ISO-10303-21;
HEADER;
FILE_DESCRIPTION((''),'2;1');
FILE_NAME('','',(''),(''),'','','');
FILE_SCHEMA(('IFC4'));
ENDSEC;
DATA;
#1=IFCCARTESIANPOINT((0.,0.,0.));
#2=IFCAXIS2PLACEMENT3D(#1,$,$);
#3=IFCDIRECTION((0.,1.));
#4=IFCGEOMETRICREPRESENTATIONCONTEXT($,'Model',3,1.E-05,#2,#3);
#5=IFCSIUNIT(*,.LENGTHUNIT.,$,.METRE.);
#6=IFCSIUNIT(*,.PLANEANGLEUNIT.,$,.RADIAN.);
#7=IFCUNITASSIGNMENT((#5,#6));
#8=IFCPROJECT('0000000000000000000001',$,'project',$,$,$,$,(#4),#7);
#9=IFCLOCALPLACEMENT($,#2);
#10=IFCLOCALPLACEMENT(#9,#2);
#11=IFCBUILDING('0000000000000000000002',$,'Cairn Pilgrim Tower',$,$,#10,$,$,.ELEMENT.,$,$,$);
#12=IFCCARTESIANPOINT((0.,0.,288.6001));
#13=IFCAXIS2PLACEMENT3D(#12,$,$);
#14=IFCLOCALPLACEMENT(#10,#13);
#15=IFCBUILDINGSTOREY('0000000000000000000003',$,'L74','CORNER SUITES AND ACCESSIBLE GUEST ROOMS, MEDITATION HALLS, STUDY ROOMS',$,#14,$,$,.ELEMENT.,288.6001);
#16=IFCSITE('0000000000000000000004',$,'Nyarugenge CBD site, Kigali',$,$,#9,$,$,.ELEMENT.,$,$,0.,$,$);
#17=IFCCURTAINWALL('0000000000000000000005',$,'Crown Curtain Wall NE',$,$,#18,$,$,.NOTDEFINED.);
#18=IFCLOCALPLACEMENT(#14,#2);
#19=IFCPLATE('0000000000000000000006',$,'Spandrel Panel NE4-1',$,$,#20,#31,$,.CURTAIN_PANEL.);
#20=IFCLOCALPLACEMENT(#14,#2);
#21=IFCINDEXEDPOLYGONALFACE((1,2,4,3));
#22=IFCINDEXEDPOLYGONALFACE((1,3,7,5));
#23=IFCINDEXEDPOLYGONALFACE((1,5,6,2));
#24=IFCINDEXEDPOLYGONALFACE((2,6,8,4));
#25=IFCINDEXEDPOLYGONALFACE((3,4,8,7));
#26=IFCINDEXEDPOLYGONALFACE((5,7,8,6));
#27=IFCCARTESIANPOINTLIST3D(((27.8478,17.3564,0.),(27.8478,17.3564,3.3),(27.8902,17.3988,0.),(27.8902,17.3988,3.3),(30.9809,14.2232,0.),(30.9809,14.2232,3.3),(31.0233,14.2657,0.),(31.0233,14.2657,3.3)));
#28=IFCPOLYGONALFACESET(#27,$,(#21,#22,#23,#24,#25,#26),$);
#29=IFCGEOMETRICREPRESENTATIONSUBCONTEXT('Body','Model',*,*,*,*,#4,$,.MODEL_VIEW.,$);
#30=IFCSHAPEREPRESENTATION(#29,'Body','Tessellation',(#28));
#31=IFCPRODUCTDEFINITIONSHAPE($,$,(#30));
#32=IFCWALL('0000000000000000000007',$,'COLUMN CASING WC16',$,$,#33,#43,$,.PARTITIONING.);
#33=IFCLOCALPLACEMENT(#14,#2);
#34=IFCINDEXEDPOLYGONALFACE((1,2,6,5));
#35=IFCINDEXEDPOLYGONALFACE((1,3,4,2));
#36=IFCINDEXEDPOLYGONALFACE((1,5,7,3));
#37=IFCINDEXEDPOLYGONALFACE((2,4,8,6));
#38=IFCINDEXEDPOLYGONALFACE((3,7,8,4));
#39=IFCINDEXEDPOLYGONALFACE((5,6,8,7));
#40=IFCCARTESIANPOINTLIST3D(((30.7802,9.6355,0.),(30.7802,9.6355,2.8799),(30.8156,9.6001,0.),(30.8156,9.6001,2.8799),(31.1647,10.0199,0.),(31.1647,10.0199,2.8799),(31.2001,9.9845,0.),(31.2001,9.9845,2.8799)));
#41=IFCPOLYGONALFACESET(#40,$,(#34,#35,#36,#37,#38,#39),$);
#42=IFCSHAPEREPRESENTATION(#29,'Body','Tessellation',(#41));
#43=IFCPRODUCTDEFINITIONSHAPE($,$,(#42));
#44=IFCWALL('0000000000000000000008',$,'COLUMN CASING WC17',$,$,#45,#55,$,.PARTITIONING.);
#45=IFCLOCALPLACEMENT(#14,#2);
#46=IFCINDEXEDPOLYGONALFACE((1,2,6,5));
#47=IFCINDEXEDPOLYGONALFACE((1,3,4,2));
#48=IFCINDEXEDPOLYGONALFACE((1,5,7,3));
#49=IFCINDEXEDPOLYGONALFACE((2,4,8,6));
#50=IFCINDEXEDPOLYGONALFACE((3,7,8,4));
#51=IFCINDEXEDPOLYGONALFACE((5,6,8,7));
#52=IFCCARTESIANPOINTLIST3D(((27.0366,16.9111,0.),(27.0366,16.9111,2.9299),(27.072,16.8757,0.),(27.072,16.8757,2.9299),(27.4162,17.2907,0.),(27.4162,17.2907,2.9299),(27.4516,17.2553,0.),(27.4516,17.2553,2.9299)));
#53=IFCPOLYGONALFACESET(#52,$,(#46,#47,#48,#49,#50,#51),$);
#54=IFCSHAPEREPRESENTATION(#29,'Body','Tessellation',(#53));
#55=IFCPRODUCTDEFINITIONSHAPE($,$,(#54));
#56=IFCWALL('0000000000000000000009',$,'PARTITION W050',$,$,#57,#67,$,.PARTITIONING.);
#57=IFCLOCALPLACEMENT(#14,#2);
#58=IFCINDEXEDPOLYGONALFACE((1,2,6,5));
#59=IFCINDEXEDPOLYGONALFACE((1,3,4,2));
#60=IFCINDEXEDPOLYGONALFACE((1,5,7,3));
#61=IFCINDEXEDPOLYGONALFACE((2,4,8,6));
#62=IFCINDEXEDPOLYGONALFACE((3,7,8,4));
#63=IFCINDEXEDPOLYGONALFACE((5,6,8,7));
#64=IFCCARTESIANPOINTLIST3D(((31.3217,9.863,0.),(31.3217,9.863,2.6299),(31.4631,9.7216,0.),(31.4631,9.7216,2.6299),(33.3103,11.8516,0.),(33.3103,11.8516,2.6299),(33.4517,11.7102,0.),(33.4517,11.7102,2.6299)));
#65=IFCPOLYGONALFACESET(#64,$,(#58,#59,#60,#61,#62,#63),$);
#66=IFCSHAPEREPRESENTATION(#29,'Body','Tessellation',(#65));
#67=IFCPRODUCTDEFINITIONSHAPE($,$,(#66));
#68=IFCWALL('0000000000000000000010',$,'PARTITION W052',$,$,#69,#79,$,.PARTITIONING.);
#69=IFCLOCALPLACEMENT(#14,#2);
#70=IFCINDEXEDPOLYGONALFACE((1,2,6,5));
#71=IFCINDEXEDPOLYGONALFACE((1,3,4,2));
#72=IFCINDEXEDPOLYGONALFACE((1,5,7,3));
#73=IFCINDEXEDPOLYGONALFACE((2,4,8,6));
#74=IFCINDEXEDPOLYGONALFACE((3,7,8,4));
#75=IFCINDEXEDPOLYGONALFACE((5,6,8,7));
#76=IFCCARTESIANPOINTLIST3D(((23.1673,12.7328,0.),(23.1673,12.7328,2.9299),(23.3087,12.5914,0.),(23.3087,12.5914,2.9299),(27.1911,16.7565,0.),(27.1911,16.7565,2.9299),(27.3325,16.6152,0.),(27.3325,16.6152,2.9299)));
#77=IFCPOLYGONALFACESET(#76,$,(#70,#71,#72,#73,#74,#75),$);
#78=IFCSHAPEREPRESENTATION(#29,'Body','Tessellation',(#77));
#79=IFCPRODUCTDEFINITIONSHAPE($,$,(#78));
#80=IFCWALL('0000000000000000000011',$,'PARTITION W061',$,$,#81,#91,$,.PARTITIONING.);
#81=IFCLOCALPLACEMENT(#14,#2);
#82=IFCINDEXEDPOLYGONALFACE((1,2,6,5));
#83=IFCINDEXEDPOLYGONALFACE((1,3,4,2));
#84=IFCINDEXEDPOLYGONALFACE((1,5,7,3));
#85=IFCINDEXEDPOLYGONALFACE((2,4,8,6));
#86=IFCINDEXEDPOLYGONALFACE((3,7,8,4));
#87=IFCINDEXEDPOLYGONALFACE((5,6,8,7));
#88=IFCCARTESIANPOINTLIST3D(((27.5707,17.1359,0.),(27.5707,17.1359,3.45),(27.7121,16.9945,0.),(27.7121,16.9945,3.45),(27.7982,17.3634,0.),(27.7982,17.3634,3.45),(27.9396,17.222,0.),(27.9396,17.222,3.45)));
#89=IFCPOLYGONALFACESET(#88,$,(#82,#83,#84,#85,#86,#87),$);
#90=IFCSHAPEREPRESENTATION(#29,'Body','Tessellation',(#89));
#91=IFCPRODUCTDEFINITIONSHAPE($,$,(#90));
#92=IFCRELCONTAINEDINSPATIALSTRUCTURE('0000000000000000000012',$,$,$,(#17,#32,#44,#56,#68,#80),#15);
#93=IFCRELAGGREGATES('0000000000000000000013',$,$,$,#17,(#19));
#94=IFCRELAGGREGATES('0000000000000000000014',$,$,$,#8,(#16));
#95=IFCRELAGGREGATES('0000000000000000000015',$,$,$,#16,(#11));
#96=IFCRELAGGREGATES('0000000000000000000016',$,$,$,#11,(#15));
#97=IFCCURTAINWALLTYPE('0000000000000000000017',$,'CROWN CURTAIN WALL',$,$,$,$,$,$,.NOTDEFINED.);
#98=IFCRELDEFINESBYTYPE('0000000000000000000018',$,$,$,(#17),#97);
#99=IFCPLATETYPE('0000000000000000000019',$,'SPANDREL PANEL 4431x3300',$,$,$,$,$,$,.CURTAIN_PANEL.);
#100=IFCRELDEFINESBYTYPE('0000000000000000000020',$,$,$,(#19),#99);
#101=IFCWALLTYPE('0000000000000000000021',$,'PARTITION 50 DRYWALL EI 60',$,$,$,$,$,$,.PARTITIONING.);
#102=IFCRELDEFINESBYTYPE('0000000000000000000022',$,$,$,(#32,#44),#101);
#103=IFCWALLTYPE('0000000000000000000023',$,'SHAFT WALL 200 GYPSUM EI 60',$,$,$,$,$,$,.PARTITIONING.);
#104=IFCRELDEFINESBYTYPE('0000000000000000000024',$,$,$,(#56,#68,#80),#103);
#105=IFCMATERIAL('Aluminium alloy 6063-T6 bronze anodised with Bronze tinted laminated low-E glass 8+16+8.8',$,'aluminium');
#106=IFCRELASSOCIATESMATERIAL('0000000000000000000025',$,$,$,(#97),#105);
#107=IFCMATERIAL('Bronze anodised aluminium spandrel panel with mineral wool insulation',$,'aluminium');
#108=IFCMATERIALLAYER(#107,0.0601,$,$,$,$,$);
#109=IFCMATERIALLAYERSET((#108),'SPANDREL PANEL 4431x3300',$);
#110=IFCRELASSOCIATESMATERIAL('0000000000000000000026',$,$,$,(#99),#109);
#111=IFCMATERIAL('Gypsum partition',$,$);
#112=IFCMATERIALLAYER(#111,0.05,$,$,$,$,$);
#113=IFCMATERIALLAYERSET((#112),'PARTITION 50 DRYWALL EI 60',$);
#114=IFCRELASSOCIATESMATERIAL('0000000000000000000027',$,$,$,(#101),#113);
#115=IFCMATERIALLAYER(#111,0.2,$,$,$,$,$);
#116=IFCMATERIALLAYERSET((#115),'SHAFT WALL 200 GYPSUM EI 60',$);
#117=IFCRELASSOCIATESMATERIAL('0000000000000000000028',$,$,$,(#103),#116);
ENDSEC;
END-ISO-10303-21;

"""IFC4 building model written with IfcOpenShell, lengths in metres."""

from ifc_helpers import new_model, si_unit, direction, frame, frame_2d, origin, origin_2d, place, context, subcontext, project, spatial, rectangle, extrude, material, layer, layer_set, type_object, element, aggregate, save


model = new_model("IFC4")

# Units and contexts
model_context = context("Model", 3, precision=1e-05, world=origin(), true_north=direction((0.0, 1.0)))
body_context = subcontext(model_context, "Body", "Model", "MODEL_VIEW")
ifc_project = project(units=[si_unit("LENGTHUNIT", "METRE"), si_unit("PLANEANGLEUNIT", "RADIAN")], contexts=[model_context])

# Site, building, storey
site_placement = place(None, origin())
site = spatial("IfcSite", under=ifc_project, at=site_placement, Name="Nyarugenge CBD site, Kigali", CompositionType="ELEMENT", RefElevation=0.0)
building_placement = place(site_placement, origin())
building = spatial("IfcBuilding", under=site, at=building_placement, Name="Cairn Pilgrim Tower", CompositionType="ELEMENT")
storey_placement = place(building_placement, frame((0.0, 0.0, 288.6001)))
storey = spatial("IfcBuildingStorey", under=building, at=storey_placement, Name="L74", Description="CORNER SUITES AND ACCESSIBLE GUEST ROOMS, MEDITATION HALLS, STUDY ROOMS", CompositionType="ELEMENT", Elevation=288.6001)

# Curtain wall
ifc_material_1 = material(Name="Aluminium alloy 6063-T6 bronze anodised with Bronze tinted laminated low-E glass 8+16+8.8", Category="aluminium")
curtain_wall_type = type_object("IfcCurtainWallType", Name="CROWN CURTAIN WALL", PredefinedType="NOTDEFINED", material=ifc_material_1)
curtain_wall_placement = place(storey_placement, origin())
curtain_wall = element("IfcCurtainWall", 1, at=curtain_wall_placement, inside=storey, type_object=curtain_wall_type, Name="Crown Curtain Wall NE", PredefinedType="NOTDEFINED")

# Plate
ifc_material_2 = material(Name="Bronze anodised aluminium spandrel panel with mineral wool insulation", Category="aluminium")
ifc_layer_1 = layer(ifc_material_2, 0.0601)
ifc_layer_set_1 = layer_set([ifc_layer_1], Name="SPANDREL PANEL 4431x3300")
plate_type = type_object("IfcPlateType", Name="SPANDREL PANEL 4431x3300", PredefinedType="CURTAIN_PANEL", material=ifc_layer_set_1)
plate_1_placement = place(storey_placement, frame((29.4355, 15.811, 0.0), z_axis=(0.0, 0.0, 1.0), x_axis=(-0.707107, 0.707107, 0.0)))
plate_1 = element("IfcPlate", 2, at=plate_1_placement, type_object=plate_type, Name="Spandrel Panel NE4-1", PredefinedType="CURTAIN_PANEL", context=body_context, shape_type="SweptSolid", body=[
    extrude(rectangle(XDim=4.4309, YDim=0.0601, at=origin_2d()), origin(), (0.0, 0.0, 1.0), 3.3),
])
aggregate(curtain_wall, [plate_1])

# Walls
ifc_material_3 = material(Name="Gypsum partition")
ifc_layer_2 = layer(ifc_material_3, 0.05)
ifc_layer_set_2 = layer_set([ifc_layer_2], Name="PARTITION 50 DRYWALL EI 60")
wall_type_1 = type_object("IfcWallType", Name="PARTITION 50 DRYWALL EI 60", PredefinedType="PARTITIONING", material=ifc_layer_set_2)
wall_1_placement = place(storey_placement, frame((30.7979, 9.6177, 0.0), z_axis=(0.0, 0.0, 1.0), x_axis=(0.707107, 0.707107, 0.0)))
element("IfcWall", 3, at=wall_1_placement, inside=storey, type_object=wall_type_1, Name="COLUMN CASING WC16", PredefinedType="PARTITIONING", context=body_context, shape_type="SweptSolid", body=[
    extrude(rectangle(XDim=0.5437, YDim=0.05, at=frame_2d((0.272, 0.0))), origin(), (0.0, 0.0, 1.0), 2.8799),
])
wall_2_placement = place(storey_placement, frame((27.0542, 16.8933, 0.0), z_axis=(0.0, 0.0, 1.0), x_axis=(0.707107, 0.707107, 0.0)))
element("IfcWall", 4, at=wall_2_placement, inside=storey, type_object=wall_type_1, Name="COLUMN CASING WC17", PredefinedType="PARTITIONING", context=body_context, shape_type="SweptSolid", body=[
    extrude(rectangle(XDim=0.5369, YDim=0.05, at=frame_2d((0.2686, 0.0))), origin(), (0.0, 0.0, 1.0), 2.9299),
])
ifc_layer_3 = layer(ifc_material_3, 0.2)
ifc_layer_set_3 = layer_set([ifc_layer_3], Name="SHAFT WALL 200 GYPSUM EI 60")
wall_type_2 = type_object("IfcWallType", Name="SHAFT WALL 200 GYPSUM EI 60", PredefinedType="PARTITIONING", material=ifc_layer_set_3)
wall_3_placement = place(storey_placement, frame((31.3923, 9.7922, 0.0), z_axis=(0.0, 0.0, 1.0), x_axis=(0.707107, 0.707107, 0.0)))
element("IfcWall", 5, at=wall_3_placement, inside=storey, type_object=wall_type_2, Name="PARTITION W050", PredefinedType="PARTITIONING", context=body_context, shape_type="SweptSolid", body=[
    extrude(rectangle(XDim=2.8123, YDim=0.2, at=frame_2d((1.4062, 0.0))), origin(), (0.0, 0.0, 1.0), 2.6299),
])
wall_4_placement = place(storey_placement, frame((23.238, 12.6621, 0.0), z_axis=(0.0, 0.0, 1.0), x_axis=(0.707107, 0.707107, 0.0)))
element("IfcWall", 6, at=wall_4_placement, inside=storey, type_object=wall_type_2, Name="PARTITION W052", PredefinedType="PARTITIONING", context=body_context, shape_type="SweptSolid", body=[
    extrude(rectangle(XDim=5.6904, YDim=0.2, at=frame_2d((2.8452, 0.0))), origin(), (0.0, 0.0, 1.0), 2.9299),
])
wall_5_placement = place(storey_placement, frame((27.6414, 17.0652, 0.0), z_axis=(0.0, 0.0, 1.0), x_axis=(0.707107, 0.707107, 0.0)))
element("IfcWall", 7, at=wall_5_placement, inside=storey, type_object=wall_type_2, Name="PARTITION W061", PredefinedType="PARTITIONING", context=body_context, shape_type="SweptSolid", body=[
    extrude(rectangle(XDim=0.3218, YDim=0.2, at=frame_2d((0.1609, 0.0))), origin(), (0.0, 0.0, 1.0), 3.45),
])

save(model, "model.ifc")
